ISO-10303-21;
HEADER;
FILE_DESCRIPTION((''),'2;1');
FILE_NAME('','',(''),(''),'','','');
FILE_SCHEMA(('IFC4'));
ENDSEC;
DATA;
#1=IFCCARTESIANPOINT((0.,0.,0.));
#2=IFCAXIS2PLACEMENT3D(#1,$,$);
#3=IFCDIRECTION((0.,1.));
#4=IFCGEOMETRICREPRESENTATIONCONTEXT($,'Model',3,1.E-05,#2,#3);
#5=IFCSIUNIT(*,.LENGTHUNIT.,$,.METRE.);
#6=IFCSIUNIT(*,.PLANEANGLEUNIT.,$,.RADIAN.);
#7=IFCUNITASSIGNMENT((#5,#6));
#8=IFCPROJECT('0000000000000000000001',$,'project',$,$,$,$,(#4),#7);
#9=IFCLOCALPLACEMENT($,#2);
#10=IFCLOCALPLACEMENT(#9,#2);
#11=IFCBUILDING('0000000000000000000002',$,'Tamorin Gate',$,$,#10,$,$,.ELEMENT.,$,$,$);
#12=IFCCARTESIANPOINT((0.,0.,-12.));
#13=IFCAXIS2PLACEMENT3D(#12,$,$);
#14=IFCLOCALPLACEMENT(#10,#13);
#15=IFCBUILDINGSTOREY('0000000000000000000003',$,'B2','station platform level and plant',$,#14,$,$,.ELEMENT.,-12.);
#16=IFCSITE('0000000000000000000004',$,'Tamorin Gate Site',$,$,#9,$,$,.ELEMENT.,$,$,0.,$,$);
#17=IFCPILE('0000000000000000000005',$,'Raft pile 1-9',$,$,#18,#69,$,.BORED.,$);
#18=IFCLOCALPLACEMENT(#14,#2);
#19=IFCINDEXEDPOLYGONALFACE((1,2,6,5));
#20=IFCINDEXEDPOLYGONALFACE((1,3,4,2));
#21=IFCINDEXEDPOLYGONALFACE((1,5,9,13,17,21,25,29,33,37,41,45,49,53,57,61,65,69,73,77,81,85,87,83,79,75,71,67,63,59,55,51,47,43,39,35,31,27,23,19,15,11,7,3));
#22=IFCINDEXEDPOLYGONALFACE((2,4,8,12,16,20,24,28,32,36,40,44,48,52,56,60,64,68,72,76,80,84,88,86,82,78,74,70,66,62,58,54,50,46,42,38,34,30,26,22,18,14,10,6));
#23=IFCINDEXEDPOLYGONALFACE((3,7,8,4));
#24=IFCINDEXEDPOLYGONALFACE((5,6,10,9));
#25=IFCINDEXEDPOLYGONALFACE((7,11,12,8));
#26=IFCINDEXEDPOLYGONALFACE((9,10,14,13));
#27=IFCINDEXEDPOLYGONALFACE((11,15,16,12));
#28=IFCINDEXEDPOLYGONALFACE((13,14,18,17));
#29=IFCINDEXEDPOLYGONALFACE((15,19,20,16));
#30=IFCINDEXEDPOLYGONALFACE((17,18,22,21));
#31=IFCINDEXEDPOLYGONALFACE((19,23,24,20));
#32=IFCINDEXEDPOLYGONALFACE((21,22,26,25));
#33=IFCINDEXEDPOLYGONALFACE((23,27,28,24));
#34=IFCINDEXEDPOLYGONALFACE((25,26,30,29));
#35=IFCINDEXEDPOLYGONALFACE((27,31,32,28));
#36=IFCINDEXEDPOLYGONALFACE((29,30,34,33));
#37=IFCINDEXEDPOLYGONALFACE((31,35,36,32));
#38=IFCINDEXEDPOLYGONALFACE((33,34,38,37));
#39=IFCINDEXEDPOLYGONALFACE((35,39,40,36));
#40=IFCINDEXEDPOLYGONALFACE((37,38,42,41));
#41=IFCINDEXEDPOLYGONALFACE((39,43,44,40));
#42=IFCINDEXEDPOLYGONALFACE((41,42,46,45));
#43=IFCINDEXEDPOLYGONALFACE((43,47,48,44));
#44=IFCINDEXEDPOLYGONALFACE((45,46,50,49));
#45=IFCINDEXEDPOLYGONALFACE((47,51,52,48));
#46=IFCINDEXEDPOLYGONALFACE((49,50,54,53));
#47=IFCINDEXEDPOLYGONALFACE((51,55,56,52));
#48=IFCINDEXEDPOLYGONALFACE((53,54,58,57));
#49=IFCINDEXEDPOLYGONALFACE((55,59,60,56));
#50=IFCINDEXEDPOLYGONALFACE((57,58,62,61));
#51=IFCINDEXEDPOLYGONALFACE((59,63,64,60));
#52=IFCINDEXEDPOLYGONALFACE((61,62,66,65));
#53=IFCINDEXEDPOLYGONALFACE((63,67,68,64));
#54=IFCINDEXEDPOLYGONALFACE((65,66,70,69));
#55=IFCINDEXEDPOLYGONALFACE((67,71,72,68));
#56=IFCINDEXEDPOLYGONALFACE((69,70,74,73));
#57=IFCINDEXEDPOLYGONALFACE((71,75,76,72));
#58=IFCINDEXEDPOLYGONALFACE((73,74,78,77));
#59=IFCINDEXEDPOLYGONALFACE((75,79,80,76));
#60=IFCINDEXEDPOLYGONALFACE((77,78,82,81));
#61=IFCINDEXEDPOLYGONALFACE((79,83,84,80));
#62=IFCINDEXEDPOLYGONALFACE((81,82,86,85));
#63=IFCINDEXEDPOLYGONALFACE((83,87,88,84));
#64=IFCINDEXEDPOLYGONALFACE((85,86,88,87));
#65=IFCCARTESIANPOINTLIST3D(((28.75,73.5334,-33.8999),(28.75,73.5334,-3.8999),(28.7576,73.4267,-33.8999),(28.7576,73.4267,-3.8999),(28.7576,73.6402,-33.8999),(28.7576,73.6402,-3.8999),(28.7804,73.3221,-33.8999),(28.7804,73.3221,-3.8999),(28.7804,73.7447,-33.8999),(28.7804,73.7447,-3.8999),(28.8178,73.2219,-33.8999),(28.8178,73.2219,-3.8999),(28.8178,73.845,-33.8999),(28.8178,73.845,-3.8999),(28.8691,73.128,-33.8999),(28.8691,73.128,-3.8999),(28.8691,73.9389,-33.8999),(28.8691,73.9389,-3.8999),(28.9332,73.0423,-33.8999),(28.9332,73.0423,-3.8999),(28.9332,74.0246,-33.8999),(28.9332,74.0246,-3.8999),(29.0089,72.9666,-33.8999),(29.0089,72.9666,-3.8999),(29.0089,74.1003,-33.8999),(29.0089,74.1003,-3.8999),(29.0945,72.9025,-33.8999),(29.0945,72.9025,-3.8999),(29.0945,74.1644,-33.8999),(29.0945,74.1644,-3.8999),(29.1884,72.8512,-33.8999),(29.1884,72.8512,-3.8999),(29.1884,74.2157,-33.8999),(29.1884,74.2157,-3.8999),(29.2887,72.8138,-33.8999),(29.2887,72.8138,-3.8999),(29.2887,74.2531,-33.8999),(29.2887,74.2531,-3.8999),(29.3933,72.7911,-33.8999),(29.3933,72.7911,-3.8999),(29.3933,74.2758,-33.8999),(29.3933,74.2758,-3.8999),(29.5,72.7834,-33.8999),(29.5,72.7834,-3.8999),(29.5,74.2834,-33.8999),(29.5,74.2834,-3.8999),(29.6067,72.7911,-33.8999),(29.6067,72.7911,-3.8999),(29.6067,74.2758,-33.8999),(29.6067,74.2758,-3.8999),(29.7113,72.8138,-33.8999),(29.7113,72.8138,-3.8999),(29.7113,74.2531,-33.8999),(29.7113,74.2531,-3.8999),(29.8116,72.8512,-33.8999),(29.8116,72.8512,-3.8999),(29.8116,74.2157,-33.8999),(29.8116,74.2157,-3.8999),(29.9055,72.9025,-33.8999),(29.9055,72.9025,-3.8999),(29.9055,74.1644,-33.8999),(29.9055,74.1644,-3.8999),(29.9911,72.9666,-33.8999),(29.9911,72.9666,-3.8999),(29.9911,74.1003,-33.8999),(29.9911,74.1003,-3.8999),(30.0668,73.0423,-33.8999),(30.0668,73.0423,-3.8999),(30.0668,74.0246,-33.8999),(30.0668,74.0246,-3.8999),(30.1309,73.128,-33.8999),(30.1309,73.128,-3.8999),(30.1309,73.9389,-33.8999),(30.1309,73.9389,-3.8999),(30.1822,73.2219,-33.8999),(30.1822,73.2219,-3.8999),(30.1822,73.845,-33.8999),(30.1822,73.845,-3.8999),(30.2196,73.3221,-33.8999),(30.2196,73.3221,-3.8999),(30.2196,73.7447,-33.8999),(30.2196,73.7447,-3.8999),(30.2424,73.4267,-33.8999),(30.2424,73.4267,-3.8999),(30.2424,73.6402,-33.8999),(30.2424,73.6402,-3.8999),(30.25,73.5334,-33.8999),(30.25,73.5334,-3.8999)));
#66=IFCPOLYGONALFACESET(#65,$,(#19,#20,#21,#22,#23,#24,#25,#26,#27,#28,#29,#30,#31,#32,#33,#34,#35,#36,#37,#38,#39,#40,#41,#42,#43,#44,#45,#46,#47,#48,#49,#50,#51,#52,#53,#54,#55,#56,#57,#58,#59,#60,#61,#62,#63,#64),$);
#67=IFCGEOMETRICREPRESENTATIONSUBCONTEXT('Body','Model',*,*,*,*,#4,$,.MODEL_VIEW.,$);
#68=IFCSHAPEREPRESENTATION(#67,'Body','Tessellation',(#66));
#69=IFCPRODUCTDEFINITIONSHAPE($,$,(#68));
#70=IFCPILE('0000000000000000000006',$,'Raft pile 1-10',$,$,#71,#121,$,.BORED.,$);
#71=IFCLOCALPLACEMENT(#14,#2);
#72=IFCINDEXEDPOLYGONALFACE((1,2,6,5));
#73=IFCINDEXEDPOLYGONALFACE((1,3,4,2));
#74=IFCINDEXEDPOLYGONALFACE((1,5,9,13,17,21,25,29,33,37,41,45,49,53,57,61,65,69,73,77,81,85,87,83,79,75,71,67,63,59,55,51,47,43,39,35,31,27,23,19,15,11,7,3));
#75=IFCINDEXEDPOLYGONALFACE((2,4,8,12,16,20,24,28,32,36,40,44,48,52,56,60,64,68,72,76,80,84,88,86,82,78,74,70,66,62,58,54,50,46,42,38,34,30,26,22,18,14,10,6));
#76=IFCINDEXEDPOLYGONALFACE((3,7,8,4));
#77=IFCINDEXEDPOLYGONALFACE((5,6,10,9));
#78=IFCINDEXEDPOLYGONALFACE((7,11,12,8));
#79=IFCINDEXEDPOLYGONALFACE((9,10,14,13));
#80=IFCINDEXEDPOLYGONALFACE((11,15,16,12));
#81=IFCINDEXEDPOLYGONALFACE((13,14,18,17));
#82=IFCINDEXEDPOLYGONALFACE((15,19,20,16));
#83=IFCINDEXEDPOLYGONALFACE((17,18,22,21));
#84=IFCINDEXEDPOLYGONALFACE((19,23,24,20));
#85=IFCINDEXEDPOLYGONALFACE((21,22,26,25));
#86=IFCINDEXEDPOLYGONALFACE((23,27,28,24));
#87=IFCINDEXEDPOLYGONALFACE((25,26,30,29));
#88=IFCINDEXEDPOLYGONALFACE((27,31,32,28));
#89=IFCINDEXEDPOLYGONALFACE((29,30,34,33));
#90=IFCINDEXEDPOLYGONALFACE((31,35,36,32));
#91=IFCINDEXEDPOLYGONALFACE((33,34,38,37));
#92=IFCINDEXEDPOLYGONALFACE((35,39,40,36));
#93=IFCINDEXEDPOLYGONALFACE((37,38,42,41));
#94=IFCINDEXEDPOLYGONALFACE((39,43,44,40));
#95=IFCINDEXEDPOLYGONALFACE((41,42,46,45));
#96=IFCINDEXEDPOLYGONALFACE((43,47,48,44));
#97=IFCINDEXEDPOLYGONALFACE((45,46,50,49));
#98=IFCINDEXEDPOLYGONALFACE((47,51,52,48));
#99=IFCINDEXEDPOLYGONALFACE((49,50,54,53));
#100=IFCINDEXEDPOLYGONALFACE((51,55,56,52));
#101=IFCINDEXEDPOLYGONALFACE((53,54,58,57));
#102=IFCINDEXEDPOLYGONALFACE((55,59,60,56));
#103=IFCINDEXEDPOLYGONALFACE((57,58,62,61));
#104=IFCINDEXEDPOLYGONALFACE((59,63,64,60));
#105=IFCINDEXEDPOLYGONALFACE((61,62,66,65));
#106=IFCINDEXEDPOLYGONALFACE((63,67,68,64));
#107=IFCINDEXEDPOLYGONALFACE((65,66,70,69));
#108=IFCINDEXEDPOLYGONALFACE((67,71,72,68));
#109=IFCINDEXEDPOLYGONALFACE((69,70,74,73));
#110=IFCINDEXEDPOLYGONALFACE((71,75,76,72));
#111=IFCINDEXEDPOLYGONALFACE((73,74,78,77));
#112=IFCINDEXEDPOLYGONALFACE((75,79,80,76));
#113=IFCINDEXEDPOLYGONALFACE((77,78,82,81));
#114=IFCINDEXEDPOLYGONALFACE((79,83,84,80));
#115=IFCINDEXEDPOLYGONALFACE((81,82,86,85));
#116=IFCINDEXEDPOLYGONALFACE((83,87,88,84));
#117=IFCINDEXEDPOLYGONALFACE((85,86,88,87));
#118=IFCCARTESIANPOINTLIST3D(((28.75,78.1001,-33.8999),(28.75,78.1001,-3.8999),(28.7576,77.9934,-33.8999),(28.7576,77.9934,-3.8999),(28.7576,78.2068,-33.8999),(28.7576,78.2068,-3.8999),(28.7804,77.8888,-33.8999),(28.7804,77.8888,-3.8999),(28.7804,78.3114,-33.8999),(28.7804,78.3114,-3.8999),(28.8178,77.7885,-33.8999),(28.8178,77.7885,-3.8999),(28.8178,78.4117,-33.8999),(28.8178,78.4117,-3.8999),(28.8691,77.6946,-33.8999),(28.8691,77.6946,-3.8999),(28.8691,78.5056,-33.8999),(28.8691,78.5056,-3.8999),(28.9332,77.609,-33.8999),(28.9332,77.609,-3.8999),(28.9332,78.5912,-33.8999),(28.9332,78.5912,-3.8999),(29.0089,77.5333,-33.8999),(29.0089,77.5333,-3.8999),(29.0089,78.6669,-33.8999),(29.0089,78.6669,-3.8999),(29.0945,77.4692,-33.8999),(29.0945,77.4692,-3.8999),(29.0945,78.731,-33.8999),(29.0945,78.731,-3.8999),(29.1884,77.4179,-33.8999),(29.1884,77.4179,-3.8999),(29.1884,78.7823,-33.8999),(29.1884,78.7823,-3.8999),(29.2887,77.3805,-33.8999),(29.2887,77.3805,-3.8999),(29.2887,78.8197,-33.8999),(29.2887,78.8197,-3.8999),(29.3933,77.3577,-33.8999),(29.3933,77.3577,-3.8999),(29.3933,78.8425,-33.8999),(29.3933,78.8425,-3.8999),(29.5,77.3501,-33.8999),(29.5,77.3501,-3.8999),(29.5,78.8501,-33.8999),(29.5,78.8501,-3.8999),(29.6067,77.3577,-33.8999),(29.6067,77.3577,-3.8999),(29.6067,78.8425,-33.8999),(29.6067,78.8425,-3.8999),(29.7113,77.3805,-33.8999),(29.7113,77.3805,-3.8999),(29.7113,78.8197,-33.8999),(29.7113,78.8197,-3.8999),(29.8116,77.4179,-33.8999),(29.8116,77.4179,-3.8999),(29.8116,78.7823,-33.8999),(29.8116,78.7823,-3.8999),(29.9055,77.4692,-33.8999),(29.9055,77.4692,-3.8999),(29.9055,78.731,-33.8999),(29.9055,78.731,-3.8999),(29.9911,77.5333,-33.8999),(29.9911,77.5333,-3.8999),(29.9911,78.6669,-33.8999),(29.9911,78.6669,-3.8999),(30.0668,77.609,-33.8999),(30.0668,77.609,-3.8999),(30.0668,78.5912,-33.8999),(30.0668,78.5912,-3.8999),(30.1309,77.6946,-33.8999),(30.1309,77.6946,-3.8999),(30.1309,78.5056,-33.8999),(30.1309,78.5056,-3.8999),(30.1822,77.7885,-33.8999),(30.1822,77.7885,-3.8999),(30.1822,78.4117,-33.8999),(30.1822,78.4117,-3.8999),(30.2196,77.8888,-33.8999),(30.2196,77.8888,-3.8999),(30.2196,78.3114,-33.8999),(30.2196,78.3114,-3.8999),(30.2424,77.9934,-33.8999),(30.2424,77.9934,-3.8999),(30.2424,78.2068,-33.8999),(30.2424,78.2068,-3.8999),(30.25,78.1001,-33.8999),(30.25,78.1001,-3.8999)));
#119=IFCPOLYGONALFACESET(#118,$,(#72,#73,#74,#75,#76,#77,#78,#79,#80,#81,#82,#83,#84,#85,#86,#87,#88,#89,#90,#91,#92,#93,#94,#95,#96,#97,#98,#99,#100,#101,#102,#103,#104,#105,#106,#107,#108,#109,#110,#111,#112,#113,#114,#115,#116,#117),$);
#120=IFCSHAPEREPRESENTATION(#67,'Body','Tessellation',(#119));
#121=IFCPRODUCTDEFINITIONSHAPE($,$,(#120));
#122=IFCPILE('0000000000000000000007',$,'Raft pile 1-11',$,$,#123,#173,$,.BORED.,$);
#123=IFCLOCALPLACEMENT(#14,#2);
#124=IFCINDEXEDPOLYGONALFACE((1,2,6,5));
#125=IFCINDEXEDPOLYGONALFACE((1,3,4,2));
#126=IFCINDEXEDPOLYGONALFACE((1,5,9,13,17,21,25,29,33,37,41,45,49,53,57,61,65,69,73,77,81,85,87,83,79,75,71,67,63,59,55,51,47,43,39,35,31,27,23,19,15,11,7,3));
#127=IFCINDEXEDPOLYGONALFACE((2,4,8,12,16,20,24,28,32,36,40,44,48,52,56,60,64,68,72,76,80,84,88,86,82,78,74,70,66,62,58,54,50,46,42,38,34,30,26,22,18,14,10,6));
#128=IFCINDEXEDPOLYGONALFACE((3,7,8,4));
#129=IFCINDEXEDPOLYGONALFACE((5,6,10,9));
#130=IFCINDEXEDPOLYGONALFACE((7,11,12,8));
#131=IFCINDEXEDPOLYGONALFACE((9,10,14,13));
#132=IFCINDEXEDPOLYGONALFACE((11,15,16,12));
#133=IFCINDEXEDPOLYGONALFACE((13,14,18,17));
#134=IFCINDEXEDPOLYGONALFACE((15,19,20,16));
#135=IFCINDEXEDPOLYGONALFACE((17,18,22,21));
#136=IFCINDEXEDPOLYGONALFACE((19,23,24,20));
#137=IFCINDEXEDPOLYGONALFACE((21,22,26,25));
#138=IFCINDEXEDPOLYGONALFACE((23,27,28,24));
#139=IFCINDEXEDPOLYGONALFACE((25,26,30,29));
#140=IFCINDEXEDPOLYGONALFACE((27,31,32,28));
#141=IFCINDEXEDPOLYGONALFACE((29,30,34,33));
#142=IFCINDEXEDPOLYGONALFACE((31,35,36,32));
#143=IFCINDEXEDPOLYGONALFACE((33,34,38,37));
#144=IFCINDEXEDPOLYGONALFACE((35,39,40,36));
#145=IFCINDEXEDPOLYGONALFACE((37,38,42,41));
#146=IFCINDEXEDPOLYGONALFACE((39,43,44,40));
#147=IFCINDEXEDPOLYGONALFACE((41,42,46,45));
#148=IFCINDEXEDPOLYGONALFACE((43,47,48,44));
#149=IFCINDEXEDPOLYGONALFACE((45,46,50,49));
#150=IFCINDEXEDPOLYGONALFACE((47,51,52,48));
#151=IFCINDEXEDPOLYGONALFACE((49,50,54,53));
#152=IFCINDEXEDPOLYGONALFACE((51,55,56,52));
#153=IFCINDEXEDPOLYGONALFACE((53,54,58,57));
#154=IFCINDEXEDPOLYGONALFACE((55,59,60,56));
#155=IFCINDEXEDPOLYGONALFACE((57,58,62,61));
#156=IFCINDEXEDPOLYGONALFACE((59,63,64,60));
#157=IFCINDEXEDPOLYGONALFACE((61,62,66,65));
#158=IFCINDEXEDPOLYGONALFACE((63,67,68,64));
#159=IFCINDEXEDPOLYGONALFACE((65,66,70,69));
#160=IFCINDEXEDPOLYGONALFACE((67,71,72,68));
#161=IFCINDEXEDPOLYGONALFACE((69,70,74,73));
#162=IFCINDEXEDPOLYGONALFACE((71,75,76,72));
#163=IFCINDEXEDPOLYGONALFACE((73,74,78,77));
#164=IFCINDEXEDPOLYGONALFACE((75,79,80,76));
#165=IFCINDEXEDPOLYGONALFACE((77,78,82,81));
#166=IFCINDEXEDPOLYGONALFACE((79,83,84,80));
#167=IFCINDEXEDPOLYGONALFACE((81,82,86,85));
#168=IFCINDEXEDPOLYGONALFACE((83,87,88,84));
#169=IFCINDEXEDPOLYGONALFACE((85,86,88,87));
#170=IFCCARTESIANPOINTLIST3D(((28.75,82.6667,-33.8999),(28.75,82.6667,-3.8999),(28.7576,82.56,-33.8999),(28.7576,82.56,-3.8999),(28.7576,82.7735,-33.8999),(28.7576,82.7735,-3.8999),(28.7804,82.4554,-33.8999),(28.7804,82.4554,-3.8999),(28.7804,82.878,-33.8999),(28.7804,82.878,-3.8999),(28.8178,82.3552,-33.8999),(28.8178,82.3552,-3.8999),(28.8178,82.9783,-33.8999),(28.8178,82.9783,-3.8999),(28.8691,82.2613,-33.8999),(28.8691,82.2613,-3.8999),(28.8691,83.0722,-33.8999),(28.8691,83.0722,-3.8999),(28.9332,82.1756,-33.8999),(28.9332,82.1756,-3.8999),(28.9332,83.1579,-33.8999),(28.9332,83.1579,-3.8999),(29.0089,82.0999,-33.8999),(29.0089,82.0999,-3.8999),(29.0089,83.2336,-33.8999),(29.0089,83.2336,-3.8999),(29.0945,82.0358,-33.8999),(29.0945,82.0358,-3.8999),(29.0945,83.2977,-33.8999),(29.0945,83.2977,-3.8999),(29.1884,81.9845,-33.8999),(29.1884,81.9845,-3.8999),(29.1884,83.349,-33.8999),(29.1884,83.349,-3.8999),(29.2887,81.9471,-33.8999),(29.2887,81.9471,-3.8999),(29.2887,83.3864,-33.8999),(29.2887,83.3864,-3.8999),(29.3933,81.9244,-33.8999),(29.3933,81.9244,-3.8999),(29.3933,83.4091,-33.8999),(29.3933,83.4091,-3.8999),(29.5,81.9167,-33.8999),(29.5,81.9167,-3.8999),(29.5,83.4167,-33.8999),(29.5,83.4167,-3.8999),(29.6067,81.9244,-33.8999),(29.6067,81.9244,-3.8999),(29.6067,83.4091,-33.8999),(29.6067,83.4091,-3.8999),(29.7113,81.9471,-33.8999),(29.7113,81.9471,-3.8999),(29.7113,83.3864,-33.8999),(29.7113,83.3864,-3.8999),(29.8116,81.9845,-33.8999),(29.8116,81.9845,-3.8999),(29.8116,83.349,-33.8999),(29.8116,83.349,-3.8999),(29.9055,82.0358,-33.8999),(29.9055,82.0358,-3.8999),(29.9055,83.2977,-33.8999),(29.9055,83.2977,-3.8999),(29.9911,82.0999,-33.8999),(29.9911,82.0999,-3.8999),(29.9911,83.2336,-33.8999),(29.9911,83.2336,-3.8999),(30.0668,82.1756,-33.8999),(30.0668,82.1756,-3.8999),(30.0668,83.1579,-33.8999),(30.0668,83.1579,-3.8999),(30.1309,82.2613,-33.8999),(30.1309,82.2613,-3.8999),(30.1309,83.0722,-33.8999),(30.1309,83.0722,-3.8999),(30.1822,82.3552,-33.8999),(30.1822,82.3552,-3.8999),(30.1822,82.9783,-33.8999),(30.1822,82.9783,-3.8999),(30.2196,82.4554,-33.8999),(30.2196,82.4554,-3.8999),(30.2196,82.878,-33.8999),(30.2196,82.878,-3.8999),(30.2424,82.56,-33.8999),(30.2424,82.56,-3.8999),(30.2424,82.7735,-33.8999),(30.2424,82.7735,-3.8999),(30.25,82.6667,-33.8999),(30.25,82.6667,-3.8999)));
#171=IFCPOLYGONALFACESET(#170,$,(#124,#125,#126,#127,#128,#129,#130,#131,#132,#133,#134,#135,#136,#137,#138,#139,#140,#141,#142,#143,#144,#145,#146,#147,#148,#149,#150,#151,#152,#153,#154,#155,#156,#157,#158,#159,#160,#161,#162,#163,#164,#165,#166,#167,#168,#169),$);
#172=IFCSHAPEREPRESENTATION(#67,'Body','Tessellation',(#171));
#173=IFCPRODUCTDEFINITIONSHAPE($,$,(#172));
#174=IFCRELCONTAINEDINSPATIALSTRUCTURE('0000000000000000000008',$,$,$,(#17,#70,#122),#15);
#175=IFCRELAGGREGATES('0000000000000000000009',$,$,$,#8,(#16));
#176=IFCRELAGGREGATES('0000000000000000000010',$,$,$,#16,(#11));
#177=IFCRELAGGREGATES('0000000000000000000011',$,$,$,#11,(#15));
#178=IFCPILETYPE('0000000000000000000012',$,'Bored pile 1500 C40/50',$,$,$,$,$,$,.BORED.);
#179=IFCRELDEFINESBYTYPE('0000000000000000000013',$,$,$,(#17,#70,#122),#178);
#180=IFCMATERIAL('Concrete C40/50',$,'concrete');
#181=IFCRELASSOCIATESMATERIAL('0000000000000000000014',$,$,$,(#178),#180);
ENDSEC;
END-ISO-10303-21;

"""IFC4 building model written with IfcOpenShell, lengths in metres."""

from ifc_helpers import new_model, si_unit, direction, frame, origin, origin_2d, place, context, subcontext, project, spatial, circle, extrude, material, material_profile, profile_set, type_object, element, save


model = new_model("IFC4")

# Units and contexts
model_context = context("Model", 3, precision=1e-05, world=origin(), true_north=direction((0.0, 1.0)))
body_context = subcontext(model_context, "Body", "Model", "MODEL_VIEW")
ifc_project = project(units=[si_unit("LENGTHUNIT", "METRE"), si_unit("PLANEANGLEUNIT", "RADIAN")], contexts=[model_context])

# Site, building, storey
site_placement = place(None, origin())
site = spatial("IfcSite", under=ifc_project, at=site_placement, Name="Tamorin Gate Site", CompositionType="ELEMENT", RefElevation=0.0)
building_placement = place(site_placement, origin())
building = spatial("IfcBuilding", under=site, at=building_placement, Name="Tamorin Gate", CompositionType="ELEMENT")
storey_placement = place(building_placement, frame((0.0, 0.0, -12.0)))
storey = spatial("IfcBuildingStorey", under=building, at=storey_placement, Name="B2", Description="station platform level and plant", CompositionType="ELEMENT", Elevation=-12.0)

# Piles
ifc_material_1 = material(Name="Concrete C40/50", Category="concrete")
ifc_material_profile_1 = material_profile(ifc_material_1, circle(Radius=0.75, at=origin_2d()))
ifc_profile_set_1 = profile_set([ifc_material_profile_1], Name="Concrete C40/50")
pile_type = type_object("IfcPileType", Name="Bored pile 1500 C40/50", PredefinedType="BORED", material=ifc_profile_set_1)
for number, where, z_axis, x_axis, name in (
    (1, (29.5, 73.5334, -3.8999), (0.0, 0.0, -1.0), (1.0, 0.0, 0.0), "Raft pile 1-9"),
    (2, (29.5, 78.1001, -3.8999), (0.0, 0.0, -1.0), (1.0, 0.0, 0.0), "Raft pile 1-10"),
    (3, (29.5, 82.6667, -3.8999), (0.0, 0.0, -1.0), (1.0, 0.0, 0.0), "Raft pile 1-11"),
):
    element("IfcPile", number, at=place(storey_placement, frame(where, z_axis=z_axis, x_axis=x_axis)), inside=storey, type_object=pile_type, Name=name, PredefinedType="BORED", context=body_context, shape_type="SweptSolid", body=[
        extrude(circle(Radius=0.75, at=origin_2d()), origin(), (0.0, 0.0, 1.0), 30.0),
    ])

save(model, "model.ifc")
